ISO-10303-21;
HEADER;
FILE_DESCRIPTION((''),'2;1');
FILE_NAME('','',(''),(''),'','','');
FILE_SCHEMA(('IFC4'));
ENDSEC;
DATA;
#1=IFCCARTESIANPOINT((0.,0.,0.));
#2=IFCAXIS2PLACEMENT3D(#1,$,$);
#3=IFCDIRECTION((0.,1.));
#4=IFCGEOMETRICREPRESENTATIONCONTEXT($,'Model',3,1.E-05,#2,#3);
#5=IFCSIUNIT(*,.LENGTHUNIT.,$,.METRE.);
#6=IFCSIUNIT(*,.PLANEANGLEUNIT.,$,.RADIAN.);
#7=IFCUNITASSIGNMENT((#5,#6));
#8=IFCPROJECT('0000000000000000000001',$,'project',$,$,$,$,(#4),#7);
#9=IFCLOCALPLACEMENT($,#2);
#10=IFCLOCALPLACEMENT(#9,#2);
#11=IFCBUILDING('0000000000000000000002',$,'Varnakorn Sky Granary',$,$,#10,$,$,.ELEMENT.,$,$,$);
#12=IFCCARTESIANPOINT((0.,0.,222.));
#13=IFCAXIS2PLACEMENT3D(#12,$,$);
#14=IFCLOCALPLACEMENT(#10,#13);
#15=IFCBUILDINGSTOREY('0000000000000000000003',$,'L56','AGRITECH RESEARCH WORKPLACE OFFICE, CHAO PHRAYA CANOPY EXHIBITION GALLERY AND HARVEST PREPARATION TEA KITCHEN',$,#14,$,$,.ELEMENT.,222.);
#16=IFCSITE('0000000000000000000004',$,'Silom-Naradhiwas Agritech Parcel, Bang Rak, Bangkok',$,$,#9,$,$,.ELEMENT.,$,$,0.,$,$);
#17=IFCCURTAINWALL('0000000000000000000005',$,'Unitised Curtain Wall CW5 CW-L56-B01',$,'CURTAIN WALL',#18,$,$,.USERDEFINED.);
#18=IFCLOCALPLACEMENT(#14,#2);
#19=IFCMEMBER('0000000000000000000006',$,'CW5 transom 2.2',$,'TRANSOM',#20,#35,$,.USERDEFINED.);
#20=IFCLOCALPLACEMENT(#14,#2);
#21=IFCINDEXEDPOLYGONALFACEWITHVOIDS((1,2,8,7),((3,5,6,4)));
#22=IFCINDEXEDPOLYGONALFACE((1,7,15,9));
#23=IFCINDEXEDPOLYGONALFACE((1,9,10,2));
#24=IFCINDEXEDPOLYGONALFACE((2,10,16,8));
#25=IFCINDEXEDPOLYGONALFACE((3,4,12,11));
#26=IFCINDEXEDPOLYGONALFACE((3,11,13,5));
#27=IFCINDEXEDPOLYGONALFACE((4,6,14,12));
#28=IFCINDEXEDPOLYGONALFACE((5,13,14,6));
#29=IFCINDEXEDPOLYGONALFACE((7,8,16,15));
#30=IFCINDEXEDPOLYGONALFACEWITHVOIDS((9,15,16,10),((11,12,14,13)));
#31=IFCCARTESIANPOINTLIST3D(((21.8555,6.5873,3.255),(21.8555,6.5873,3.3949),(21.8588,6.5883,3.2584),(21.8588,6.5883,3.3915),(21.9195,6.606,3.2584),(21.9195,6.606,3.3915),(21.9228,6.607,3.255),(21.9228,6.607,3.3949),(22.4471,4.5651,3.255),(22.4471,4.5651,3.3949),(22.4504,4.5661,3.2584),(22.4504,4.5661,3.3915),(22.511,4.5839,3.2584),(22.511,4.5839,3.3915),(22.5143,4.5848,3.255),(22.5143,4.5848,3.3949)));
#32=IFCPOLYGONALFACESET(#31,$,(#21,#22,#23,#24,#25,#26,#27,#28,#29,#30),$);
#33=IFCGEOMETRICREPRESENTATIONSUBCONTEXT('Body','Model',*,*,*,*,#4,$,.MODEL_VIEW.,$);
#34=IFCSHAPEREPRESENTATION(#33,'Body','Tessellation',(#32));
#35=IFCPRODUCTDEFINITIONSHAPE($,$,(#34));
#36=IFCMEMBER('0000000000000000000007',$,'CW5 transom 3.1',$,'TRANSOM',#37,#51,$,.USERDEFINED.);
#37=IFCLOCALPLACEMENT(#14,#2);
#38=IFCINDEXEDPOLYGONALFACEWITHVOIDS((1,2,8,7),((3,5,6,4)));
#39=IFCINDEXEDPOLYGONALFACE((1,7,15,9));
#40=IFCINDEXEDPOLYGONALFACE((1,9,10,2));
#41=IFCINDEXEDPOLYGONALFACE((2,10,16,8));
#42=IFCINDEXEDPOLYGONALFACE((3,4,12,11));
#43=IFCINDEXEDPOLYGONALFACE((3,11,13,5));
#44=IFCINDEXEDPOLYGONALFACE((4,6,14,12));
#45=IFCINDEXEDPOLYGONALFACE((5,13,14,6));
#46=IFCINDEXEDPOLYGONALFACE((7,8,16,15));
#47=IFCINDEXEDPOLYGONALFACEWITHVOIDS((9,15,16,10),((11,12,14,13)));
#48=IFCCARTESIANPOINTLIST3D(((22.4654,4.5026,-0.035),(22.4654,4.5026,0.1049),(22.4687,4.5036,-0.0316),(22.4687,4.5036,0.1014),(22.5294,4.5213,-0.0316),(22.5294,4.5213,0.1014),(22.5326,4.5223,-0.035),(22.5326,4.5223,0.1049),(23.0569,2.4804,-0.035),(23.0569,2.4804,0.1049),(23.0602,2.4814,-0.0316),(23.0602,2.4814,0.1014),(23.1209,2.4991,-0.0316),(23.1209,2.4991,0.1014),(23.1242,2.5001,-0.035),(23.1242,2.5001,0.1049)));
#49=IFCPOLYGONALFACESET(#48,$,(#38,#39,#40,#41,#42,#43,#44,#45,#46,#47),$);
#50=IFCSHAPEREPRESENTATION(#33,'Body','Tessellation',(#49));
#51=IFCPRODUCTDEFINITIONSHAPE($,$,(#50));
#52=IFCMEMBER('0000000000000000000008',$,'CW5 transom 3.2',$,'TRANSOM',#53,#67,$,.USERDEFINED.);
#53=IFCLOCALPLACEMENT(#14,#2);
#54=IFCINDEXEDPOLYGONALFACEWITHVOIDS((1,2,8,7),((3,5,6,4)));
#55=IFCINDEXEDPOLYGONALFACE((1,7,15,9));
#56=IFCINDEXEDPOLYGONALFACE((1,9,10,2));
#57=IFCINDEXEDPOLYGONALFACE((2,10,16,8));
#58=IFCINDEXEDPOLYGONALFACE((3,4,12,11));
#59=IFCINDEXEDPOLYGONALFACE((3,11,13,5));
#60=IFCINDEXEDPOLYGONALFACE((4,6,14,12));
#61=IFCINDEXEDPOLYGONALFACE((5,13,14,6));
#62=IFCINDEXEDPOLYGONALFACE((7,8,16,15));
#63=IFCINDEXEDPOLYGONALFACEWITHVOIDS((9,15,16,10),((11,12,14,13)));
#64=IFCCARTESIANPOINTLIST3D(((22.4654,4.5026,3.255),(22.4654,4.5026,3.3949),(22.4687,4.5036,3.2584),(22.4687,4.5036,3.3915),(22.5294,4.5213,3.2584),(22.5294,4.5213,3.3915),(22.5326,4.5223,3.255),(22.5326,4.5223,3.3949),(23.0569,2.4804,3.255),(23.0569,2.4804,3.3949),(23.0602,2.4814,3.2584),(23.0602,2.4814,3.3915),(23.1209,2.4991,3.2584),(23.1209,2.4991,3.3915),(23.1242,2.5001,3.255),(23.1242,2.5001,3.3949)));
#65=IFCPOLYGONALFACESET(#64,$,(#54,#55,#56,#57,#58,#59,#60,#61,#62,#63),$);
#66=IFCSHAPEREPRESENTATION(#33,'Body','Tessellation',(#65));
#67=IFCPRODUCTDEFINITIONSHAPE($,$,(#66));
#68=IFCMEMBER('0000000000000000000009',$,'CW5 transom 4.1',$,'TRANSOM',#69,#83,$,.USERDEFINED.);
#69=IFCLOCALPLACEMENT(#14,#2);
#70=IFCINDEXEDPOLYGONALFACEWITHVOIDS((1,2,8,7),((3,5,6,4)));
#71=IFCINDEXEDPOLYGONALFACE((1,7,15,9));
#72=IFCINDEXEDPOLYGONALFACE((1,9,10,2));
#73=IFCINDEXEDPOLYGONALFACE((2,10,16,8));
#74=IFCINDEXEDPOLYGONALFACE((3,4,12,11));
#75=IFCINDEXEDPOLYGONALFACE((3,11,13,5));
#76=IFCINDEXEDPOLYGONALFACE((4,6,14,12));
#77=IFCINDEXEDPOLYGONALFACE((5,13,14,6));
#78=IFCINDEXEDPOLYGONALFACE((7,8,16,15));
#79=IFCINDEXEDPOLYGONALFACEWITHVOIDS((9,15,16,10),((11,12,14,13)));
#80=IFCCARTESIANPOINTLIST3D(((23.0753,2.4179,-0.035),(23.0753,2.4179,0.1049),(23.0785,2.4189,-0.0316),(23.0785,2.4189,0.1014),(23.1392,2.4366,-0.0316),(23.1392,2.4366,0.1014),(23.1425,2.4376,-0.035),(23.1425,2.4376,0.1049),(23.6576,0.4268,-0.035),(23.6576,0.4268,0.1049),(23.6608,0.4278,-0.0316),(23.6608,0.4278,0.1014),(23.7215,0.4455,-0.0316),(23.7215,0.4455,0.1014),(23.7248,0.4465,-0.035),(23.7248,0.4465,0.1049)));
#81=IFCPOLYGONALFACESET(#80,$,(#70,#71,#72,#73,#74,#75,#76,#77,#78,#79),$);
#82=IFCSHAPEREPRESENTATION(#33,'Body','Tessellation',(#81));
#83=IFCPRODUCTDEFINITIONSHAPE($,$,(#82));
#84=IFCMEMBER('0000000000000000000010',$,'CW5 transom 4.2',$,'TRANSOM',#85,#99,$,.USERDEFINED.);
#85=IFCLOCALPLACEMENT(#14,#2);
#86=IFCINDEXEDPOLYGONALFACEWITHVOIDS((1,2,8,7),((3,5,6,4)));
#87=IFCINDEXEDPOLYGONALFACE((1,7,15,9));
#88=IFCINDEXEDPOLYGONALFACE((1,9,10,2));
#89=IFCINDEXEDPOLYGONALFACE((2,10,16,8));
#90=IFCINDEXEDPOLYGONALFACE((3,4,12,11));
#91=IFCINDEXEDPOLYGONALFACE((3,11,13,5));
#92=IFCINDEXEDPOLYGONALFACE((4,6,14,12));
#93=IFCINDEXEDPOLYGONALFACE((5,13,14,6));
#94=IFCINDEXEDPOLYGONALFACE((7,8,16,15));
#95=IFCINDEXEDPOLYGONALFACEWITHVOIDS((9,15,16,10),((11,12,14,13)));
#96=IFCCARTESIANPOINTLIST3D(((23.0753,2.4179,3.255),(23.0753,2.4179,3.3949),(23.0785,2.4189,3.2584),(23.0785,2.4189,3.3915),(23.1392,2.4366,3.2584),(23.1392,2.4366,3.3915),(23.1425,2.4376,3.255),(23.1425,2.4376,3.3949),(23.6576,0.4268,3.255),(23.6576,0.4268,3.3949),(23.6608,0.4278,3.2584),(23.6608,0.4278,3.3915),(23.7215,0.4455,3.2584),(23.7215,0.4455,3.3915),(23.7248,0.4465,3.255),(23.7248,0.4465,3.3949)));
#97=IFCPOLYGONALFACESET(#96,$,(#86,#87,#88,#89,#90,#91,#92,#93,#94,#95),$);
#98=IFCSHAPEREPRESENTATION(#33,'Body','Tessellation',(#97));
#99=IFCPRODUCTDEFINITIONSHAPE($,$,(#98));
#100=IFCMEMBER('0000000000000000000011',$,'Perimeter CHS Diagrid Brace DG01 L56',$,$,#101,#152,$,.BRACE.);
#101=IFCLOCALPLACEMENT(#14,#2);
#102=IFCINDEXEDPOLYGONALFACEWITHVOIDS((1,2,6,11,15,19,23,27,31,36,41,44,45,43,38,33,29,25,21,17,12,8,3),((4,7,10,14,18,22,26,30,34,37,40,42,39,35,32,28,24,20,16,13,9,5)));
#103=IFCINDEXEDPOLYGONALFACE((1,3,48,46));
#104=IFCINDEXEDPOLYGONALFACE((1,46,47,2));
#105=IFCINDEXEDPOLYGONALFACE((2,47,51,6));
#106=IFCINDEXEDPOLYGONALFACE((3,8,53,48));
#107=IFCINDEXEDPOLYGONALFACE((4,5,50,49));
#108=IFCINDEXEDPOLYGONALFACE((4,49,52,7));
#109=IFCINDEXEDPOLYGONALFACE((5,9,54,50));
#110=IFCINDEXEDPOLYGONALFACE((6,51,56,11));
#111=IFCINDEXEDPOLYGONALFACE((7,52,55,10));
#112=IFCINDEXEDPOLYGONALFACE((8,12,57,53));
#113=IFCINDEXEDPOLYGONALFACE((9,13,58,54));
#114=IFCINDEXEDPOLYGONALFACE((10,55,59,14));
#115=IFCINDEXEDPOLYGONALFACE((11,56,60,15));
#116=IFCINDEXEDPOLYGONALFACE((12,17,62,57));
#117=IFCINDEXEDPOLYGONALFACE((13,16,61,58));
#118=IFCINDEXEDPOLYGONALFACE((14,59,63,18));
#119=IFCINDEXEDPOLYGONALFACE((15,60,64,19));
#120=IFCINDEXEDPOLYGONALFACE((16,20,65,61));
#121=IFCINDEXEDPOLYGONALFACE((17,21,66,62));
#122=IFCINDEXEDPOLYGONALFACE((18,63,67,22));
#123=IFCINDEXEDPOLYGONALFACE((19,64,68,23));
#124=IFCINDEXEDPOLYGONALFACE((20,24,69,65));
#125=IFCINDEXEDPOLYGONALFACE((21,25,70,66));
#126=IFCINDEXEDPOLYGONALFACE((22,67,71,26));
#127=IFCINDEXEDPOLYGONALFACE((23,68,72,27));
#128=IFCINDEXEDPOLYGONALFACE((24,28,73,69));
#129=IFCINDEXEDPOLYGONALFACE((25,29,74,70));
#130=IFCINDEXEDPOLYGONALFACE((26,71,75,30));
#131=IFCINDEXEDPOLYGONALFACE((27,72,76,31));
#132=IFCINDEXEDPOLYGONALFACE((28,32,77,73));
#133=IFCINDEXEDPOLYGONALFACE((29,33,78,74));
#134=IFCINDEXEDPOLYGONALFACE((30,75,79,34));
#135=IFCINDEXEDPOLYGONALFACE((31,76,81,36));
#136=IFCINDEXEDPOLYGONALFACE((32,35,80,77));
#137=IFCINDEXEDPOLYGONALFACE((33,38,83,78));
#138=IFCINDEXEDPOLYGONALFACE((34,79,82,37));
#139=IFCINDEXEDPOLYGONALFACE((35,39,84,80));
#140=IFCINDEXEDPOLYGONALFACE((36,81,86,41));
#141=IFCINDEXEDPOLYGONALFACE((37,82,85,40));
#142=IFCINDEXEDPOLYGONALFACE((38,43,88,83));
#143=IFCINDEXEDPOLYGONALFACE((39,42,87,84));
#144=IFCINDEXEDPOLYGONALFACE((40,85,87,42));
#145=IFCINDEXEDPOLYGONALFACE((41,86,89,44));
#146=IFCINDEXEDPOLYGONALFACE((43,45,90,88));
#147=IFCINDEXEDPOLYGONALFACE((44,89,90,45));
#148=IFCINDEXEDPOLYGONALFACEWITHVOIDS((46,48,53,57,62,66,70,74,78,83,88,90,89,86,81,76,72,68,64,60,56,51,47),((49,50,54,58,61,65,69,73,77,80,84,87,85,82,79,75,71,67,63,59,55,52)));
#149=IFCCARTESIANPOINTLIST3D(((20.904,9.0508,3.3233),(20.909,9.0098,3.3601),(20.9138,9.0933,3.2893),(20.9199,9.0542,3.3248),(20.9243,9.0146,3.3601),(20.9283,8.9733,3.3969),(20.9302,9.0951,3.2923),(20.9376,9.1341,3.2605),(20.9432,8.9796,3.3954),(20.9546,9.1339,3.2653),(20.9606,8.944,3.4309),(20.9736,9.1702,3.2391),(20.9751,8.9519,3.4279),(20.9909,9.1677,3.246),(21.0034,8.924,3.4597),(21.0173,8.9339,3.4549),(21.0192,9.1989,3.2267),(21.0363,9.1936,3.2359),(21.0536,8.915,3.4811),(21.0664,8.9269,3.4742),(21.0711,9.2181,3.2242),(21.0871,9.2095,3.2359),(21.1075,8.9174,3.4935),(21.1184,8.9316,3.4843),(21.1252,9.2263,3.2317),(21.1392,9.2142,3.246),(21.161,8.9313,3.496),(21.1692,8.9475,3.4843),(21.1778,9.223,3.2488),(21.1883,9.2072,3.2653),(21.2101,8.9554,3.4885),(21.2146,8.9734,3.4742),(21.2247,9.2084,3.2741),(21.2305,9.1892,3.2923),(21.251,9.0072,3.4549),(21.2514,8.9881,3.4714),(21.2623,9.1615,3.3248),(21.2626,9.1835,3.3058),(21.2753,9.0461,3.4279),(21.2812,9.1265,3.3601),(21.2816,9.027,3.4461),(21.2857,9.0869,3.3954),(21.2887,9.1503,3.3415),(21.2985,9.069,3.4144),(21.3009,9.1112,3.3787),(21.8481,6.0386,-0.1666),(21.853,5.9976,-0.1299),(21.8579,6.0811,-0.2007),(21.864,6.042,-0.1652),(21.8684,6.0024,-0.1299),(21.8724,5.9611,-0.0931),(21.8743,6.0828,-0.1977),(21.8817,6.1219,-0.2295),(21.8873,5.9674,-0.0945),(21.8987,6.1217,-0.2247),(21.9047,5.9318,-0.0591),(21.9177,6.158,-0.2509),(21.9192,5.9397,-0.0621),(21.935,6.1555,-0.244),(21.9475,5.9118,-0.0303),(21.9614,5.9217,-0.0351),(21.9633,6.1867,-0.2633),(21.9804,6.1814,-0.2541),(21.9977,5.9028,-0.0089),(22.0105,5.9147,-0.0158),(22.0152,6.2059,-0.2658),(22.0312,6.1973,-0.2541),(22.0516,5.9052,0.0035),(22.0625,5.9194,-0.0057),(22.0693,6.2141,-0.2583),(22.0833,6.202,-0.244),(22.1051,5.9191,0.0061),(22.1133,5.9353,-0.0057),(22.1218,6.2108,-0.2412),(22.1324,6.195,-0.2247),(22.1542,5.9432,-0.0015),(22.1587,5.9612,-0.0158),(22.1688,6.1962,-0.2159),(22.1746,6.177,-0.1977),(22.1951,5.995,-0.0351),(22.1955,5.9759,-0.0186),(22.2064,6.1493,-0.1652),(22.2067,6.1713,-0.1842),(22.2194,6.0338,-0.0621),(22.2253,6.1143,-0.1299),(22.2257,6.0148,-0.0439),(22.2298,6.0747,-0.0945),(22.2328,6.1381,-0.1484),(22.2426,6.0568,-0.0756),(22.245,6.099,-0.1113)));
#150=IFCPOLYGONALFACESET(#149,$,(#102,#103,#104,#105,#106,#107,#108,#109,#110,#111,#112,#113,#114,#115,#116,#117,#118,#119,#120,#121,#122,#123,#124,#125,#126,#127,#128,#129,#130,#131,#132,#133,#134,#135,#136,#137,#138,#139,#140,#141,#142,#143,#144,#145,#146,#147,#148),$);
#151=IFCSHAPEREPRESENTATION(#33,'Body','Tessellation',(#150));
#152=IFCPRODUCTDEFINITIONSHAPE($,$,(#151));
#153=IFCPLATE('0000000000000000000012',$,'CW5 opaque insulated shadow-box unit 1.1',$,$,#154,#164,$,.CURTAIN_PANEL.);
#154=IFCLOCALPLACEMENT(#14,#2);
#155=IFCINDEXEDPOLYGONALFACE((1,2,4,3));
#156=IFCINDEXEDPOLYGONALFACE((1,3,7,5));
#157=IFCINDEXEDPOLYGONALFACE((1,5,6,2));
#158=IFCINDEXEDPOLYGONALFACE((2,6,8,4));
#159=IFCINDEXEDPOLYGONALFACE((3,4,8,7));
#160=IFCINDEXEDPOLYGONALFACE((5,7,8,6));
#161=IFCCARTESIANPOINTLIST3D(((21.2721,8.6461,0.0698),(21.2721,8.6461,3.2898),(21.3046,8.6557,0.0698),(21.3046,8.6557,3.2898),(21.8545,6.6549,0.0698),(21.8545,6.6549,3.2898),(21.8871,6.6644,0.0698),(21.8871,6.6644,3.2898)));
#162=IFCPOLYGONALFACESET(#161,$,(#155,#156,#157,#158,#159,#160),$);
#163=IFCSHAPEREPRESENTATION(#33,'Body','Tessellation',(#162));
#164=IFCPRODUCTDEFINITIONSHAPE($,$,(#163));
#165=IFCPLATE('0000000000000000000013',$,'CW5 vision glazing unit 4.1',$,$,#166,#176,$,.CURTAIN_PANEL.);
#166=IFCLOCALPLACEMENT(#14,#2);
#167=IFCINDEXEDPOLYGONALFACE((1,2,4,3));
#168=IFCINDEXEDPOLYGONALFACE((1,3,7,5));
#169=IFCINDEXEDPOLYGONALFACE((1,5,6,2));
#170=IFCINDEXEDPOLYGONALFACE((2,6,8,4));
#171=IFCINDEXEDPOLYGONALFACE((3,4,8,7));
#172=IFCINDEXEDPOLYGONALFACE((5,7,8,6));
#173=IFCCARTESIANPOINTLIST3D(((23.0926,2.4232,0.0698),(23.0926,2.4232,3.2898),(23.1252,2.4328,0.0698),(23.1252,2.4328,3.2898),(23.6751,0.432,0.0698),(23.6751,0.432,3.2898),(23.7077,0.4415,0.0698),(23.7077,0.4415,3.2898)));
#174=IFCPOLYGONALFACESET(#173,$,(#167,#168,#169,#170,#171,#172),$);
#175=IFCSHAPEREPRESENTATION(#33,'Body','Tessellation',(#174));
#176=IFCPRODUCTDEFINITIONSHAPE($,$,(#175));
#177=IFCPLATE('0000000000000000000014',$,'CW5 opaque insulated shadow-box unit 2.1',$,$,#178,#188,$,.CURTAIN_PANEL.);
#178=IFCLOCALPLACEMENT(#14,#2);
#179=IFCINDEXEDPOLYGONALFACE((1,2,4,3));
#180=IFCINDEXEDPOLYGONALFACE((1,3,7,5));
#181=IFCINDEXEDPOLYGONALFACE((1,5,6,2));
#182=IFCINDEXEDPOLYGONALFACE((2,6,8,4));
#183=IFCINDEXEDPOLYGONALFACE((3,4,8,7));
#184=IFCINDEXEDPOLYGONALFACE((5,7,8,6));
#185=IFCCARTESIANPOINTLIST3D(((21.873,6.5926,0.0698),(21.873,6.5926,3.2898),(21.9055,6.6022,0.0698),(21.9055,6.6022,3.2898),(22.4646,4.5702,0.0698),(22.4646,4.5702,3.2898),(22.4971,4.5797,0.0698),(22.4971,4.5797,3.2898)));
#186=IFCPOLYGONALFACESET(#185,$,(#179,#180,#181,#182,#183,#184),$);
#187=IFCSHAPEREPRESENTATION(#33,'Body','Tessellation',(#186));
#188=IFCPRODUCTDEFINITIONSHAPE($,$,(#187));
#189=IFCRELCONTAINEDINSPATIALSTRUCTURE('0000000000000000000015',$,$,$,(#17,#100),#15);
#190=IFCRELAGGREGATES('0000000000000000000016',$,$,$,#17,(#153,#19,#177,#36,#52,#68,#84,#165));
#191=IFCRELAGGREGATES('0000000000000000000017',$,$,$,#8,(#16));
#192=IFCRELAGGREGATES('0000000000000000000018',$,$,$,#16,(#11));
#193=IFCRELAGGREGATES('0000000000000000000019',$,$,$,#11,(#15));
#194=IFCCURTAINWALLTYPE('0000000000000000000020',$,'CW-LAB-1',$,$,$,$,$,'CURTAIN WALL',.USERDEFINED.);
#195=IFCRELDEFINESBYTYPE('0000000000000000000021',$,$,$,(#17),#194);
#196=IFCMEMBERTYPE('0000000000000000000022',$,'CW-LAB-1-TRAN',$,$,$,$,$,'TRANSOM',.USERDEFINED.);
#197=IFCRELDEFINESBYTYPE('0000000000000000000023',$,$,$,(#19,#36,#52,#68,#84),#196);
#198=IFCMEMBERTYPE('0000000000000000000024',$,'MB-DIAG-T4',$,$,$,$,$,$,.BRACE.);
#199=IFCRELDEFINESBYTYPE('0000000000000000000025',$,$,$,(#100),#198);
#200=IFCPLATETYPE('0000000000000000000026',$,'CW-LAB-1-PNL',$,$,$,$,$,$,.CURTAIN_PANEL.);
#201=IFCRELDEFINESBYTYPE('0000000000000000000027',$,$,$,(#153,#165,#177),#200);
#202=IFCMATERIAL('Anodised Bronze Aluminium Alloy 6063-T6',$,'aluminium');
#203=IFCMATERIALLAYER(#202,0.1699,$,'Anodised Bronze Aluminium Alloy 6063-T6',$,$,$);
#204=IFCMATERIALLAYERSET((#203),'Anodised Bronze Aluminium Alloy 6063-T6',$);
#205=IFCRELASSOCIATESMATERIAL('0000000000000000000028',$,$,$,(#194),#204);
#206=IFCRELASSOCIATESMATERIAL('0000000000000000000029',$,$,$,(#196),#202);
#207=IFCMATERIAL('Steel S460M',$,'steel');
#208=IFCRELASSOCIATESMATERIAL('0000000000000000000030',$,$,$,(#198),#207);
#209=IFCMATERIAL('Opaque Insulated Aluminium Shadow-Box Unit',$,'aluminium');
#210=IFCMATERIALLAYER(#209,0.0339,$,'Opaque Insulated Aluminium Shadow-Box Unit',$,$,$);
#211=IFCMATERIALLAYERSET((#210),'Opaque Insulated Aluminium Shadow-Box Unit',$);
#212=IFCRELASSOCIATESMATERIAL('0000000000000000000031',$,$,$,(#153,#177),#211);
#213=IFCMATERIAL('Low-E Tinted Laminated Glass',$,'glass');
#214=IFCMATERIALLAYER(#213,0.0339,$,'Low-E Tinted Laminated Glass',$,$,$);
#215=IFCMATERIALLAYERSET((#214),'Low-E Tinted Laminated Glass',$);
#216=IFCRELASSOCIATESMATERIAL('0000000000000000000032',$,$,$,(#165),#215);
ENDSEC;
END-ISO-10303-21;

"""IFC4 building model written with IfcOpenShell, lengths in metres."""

from ifc_helpers import new_model, si_unit, direction, frame, origin, origin_2d, place, context, subcontext, project, spatial, rectangle, hollow_rectangle, hollow_circle, extrude, source, transform, mapped, material, layer, layer_set, material_profile, profile_set, type_object, type_shapes, element, aggregate, save


model = new_model("IFC4")

# Units and contexts
model_context = context("Model", 3, precision=1e-05, world=origin(), true_north=direction((0.0, 1.0)))
body_context = subcontext(model_context, "Body", "Model", "MODEL_VIEW")
ifc_project = project(units=[si_unit("LENGTHUNIT", "METRE"), si_unit("PLANEANGLEUNIT", "RADIAN")], contexts=[model_context])

# Site, building, storey
site_placement = place(None, origin())
site = spatial("IfcSite", under=ifc_project, at=site_placement, Name="Silom-Naradhiwas Agritech Parcel, Bang Rak, Bangkok", CompositionType="ELEMENT", RefElevation=0.0)
building_placement = place(site_placement, origin())
building = spatial("IfcBuilding", under=site, at=building_placement, Name="Varnakorn Sky Granary", CompositionType="ELEMENT")
storey_placement = place(building_placement, frame((0.0, 0.0, 222.0)))
storey = spatial("IfcBuildingStorey", under=building, at=storey_placement, Name="L56", Description="AGRITECH RESEARCH WORKPLACE OFFICE, CHAO PHRAYA CANOPY EXHIBITION GALLERY AND HARVEST PREPARATION TEA KITCHEN", CompositionType="ELEMENT", Elevation=222.0)

# Shared definitions
ifc_material_1 = material(Name="Steel S460M", Category="steel")

# Curtain wall, members
ifc_material_2 = material(Name="Anodised Bronze Aluminium Alloy 6063-T6", Category="aluminium")
ifc_layer_1 = layer(ifc_material_2, 0.1699, Name="Anodised Bronze Aluminium Alloy 6063-T6")
ifc_layer_set_1 = layer_set([ifc_layer_1], Name="Anodised Bronze Aluminium Alloy 6063-T6")
curtain_wall_type = type_object("IfcCurtainWallType", Name="CW-LAB-1", ElementType="CURTAIN WALL", PredefinedType="USERDEFINED", material=ifc_layer_set_1)
curtain_wall_placement = place(storey_placement, origin())
curtain_wall = element("IfcCurtainWall", 1, at=curtain_wall_placement, inside=storey, type_object=curtain_wall_type, Name="Unitised Curtain Wall CW5 CW-L56-B01", ObjectType="CURTAIN WALL", PredefinedType="USERDEFINED")
ifc_material_profile_1 = material_profile(ifc_material_2, hollow_rectangle(XDim=0.0701, YDim=0.1399, WallThickness=0.0034, at=origin_2d()), Name="ALU TRAN 70x140")
ifc_profile_set_1 = profile_set([ifc_material_profile_1], Name="Anodised Bronze Aluminium Alloy 6063-T6")
member_type_1 = type_object("IfcMemberType", Name="CW-LAB-1-TRAN", ElementType="TRANSOM", PredefinedType="USERDEFINED", material=ifc_profile_set_1)
member_1_placement = place(storey_placement, frame((21.8892, 6.5972, 3.325), z_axis=(0.280761, -0.959778, 0.0), x_axis=(0.959778, 0.280761, 0.0)))
member_1 = element("IfcMember", 2, at=member_1_placement, type_object=member_type_1, Name="CW5 transom 2.2", ObjectType="TRANSOM", PredefinedType="USERDEFINED", context=body_context, shape_type="SweptSolid", body=[
    extrude(hollow_rectangle(XDim=0.0701, YDim=0.1399, WallThickness=0.0034, at=origin_2d()), origin(), (0.0, 0.0, 1.0), 2.1069),
])
member_2_placement = place(storey_placement, frame((22.499, 4.5125, 0.0349), z_axis=(0.280761, -0.959778, 0.0), x_axis=(0.959778, 0.280761, 0.0)))
member_2 = element("IfcMember", 3, at=member_2_placement, type_object=member_type_1, Name="CW5 transom 3.1", ObjectType="TRANSOM", PredefinedType="USERDEFINED", context=body_context, shape_type="SweptSolid", body=[
    extrude(hollow_rectangle(XDim=0.0701, YDim=0.1399, WallThickness=0.0034, at=origin_2d()), origin(), (0.0, 0.0, 1.0), 2.1069),
])
member_3_placement = place(storey_placement, frame((22.499, 4.5125, 3.325), z_axis=(0.280761, -0.959778, 0.0), x_axis=(0.959778, 0.280761, 0.0)))
member_3 = element("IfcMember", 4, at=member_3_placement, type_object=member_type_1, Name="CW5 transom 3.2", ObjectType="TRANSOM", PredefinedType="USERDEFINED", context=body_context, shape_type="SweptSolid", body=[
    extrude(hollow_rectangle(XDim=0.0701, YDim=0.1399, WallThickness=0.0034, at=origin_2d()), origin(), (0.0, 0.0, 1.0), 2.1069),
])
member_4_placement = place(storey_placement, frame((23.1089, 2.4277, 0.0349), z_axis=(0.2807, -0.959795, 0.0), x_axis=(0.959795, 0.2807, 0.0)))
member_4 = element("IfcMember", 5, at=member_4_placement, type_object=member_type_1, Name="CW5 transom 4.1", ObjectType="TRANSOM", PredefinedType="USERDEFINED", context=body_context, shape_type="SweptSolid", body=[
    extrude(hollow_rectangle(XDim=0.0701, YDim=0.1399, WallThickness=0.0034, at=origin_2d()), origin(), (0.0, 0.0, 1.0), 2.0745),
])
member_5_placement = place(storey_placement, frame((23.1089, 2.4277, 3.325), z_axis=(0.2807, -0.959795, 0.0), x_axis=(0.959795, 0.2807, 0.0)))
member_5 = element("IfcMember", 6, at=member_5_placement, type_object=member_type_1, Name="CW5 transom 4.2", ObjectType="TRANSOM", PredefinedType="USERDEFINED", context=body_context, shape_type="SweptSolid", body=[
    extrude(hollow_rectangle(XDim=0.0701, YDim=0.1399, WallThickness=0.0034, at=origin_2d()), origin(), (0.0, 0.0, 1.0), 2.0745),
])

# Member
ifc_material_profile_2 = material_profile(ifc_material_1, hollow_circle(Radius=0.2031, WallThickness=0.0161, at=origin_2d()), Name="CHS 406.4x16")
ifc_profile_set_2 = profile_set([ifc_material_profile_2], Name="Steel S460M")
member_type_2 = type_object("IfcMemberType", Name="MB-DIAG-T4", PredefinedType="BRACE", material=ifc_profile_set_2)
member_6_placement = place(storey_placement, frame((22.0469, 6.0583, -0.1299), z_axis=(-0.200622, 0.640103, 0.741633), x_axis=(-0.954229, -0.299076, 0.0)))
element("IfcMember", 7, at=member_6_placement, inside=storey, type_object=member_type_2, Name="Perimeter CHS Diagrid Brace DG01 L56", PredefinedType="BRACE", context=body_context, shape_type="SweptSolid", body=[
    extrude(hollow_circle(Radius=0.2031, WallThickness=0.0161, at=origin_2d()), origin(), (0.0, 0.0, 1.0), 4.7058),
])

# Plates
ifc_material_3 = material(Name="Opaque Insulated Aluminium Shadow-Box Unit", Category="aluminium")
ifc_layer_2 = layer(ifc_material_3, 0.0339, Name="Opaque Insulated Aluminium Shadow-Box Unit")
ifc_layer_set_2 = layer_set([ifc_layer_2], Name="Opaque Insulated Aluminium Shadow-Box Unit")
plate_type = type_object("IfcPlateType", Name="CW-LAB-1-PNL", PredefinedType="CURTAIN_PANEL")
shared_shape_1 = source(origin(), body_context, "Body", "SweptSolid", [
    extrude(rectangle(XDim=2.0747, YDim=0.0339, at=origin_2d()), origin(), (0.0, 0.0, 1.0), 3.22),
])
plate_1_placement = place(storey_placement, frame((21.5796, 7.6553, 0.0698), z_axis=(0.0, 0.0, 1.0), x_axis=(0.280755, -0.959779, 0.0)))
plate_1 = element("IfcPlate", 8, at=plate_1_placement, type_object=plate_type, material=ifc_layer_set_2, Name="CW5 opaque insulated shadow-box unit 1.1", PredefinedType="CURTAIN_PANEL", context=body_context, shape_type="MappedRepresentation", body=[
    mapped(shared_shape_1, transform((0.0, 0.0, 0.0), x_axis=(1.0, 0.0, 0.0), y_axis=(0.0, 1.0, 0.0), z_axis=(0.0, 0.0, 1.0), scale=1.0)),
])
ifc_material_4 = material(Name="Low-E Tinted Laminated Glass", Category="glass")
ifc_layer_3 = layer(ifc_material_4, 0.0339, Name="Low-E Tinted Laminated Glass")
ifc_layer_set_3 = layer_set([ifc_layer_3], Name="Low-E Tinted Laminated Glass")
plate_2_placement = place(storey_placement, frame((23.4001, 1.4324, 0.0698), z_axis=(0.0, 0.0, 1.0), x_axis=(0.280755, -0.959779, 0.0)))
plate_2 = element("IfcPlate", 9, at=plate_2_placement, type_object=plate_type, material=ifc_layer_set_3, Name="CW5 vision glazing unit 4.1", PredefinedType="CURTAIN_PANEL", context=body_context, shape_type="MappedRepresentation", body=[
    mapped(shared_shape_1, transform((0.0, 0.0, 0.0), x_axis=(1.0, 0.0, 0.0), y_axis=(0.0, 1.0, 0.0), z_axis=(0.0, 0.0, 1.0), scale=1.0)),
])
shared_shape_2 = source(origin(), body_context, "Body", "SweptSolid", [
    extrude(rectangle(XDim=2.1072, YDim=0.0339, at=origin_2d()), origin(), (0.0, 0.0, 1.0), 3.22),
])
type_shapes(plate_type, [shared_shape_1, shared_shape_2])
plate_3_placement = place(storey_placement, frame((22.1851, 5.5862, 0.0698), z_axis=(0.0, 0.0, 1.0), x_axis=(0.280755, -0.959779, 0.0)))
plate_3 = element("IfcPlate", 10, at=plate_3_placement, type_object=plate_type, material=ifc_layer_set_2, Name="CW5 opaque insulated shadow-box unit 2.1", PredefinedType="CURTAIN_PANEL", context=body_context, shape_type="MappedRepresentation", body=[
    mapped(shared_shape_2, transform((0.0, 0.0, 0.0), x_axis=(1.0, 0.0, 0.0), y_axis=(0.0, 1.0, 0.0), z_axis=(0.0, 0.0, 1.0), scale=1.0)),
])
aggregate(curtain_wall, [plate_1, member_1, plate_3, member_2, member_3, member_4, member_5, plate_2])

save(model, "model.ifc")
